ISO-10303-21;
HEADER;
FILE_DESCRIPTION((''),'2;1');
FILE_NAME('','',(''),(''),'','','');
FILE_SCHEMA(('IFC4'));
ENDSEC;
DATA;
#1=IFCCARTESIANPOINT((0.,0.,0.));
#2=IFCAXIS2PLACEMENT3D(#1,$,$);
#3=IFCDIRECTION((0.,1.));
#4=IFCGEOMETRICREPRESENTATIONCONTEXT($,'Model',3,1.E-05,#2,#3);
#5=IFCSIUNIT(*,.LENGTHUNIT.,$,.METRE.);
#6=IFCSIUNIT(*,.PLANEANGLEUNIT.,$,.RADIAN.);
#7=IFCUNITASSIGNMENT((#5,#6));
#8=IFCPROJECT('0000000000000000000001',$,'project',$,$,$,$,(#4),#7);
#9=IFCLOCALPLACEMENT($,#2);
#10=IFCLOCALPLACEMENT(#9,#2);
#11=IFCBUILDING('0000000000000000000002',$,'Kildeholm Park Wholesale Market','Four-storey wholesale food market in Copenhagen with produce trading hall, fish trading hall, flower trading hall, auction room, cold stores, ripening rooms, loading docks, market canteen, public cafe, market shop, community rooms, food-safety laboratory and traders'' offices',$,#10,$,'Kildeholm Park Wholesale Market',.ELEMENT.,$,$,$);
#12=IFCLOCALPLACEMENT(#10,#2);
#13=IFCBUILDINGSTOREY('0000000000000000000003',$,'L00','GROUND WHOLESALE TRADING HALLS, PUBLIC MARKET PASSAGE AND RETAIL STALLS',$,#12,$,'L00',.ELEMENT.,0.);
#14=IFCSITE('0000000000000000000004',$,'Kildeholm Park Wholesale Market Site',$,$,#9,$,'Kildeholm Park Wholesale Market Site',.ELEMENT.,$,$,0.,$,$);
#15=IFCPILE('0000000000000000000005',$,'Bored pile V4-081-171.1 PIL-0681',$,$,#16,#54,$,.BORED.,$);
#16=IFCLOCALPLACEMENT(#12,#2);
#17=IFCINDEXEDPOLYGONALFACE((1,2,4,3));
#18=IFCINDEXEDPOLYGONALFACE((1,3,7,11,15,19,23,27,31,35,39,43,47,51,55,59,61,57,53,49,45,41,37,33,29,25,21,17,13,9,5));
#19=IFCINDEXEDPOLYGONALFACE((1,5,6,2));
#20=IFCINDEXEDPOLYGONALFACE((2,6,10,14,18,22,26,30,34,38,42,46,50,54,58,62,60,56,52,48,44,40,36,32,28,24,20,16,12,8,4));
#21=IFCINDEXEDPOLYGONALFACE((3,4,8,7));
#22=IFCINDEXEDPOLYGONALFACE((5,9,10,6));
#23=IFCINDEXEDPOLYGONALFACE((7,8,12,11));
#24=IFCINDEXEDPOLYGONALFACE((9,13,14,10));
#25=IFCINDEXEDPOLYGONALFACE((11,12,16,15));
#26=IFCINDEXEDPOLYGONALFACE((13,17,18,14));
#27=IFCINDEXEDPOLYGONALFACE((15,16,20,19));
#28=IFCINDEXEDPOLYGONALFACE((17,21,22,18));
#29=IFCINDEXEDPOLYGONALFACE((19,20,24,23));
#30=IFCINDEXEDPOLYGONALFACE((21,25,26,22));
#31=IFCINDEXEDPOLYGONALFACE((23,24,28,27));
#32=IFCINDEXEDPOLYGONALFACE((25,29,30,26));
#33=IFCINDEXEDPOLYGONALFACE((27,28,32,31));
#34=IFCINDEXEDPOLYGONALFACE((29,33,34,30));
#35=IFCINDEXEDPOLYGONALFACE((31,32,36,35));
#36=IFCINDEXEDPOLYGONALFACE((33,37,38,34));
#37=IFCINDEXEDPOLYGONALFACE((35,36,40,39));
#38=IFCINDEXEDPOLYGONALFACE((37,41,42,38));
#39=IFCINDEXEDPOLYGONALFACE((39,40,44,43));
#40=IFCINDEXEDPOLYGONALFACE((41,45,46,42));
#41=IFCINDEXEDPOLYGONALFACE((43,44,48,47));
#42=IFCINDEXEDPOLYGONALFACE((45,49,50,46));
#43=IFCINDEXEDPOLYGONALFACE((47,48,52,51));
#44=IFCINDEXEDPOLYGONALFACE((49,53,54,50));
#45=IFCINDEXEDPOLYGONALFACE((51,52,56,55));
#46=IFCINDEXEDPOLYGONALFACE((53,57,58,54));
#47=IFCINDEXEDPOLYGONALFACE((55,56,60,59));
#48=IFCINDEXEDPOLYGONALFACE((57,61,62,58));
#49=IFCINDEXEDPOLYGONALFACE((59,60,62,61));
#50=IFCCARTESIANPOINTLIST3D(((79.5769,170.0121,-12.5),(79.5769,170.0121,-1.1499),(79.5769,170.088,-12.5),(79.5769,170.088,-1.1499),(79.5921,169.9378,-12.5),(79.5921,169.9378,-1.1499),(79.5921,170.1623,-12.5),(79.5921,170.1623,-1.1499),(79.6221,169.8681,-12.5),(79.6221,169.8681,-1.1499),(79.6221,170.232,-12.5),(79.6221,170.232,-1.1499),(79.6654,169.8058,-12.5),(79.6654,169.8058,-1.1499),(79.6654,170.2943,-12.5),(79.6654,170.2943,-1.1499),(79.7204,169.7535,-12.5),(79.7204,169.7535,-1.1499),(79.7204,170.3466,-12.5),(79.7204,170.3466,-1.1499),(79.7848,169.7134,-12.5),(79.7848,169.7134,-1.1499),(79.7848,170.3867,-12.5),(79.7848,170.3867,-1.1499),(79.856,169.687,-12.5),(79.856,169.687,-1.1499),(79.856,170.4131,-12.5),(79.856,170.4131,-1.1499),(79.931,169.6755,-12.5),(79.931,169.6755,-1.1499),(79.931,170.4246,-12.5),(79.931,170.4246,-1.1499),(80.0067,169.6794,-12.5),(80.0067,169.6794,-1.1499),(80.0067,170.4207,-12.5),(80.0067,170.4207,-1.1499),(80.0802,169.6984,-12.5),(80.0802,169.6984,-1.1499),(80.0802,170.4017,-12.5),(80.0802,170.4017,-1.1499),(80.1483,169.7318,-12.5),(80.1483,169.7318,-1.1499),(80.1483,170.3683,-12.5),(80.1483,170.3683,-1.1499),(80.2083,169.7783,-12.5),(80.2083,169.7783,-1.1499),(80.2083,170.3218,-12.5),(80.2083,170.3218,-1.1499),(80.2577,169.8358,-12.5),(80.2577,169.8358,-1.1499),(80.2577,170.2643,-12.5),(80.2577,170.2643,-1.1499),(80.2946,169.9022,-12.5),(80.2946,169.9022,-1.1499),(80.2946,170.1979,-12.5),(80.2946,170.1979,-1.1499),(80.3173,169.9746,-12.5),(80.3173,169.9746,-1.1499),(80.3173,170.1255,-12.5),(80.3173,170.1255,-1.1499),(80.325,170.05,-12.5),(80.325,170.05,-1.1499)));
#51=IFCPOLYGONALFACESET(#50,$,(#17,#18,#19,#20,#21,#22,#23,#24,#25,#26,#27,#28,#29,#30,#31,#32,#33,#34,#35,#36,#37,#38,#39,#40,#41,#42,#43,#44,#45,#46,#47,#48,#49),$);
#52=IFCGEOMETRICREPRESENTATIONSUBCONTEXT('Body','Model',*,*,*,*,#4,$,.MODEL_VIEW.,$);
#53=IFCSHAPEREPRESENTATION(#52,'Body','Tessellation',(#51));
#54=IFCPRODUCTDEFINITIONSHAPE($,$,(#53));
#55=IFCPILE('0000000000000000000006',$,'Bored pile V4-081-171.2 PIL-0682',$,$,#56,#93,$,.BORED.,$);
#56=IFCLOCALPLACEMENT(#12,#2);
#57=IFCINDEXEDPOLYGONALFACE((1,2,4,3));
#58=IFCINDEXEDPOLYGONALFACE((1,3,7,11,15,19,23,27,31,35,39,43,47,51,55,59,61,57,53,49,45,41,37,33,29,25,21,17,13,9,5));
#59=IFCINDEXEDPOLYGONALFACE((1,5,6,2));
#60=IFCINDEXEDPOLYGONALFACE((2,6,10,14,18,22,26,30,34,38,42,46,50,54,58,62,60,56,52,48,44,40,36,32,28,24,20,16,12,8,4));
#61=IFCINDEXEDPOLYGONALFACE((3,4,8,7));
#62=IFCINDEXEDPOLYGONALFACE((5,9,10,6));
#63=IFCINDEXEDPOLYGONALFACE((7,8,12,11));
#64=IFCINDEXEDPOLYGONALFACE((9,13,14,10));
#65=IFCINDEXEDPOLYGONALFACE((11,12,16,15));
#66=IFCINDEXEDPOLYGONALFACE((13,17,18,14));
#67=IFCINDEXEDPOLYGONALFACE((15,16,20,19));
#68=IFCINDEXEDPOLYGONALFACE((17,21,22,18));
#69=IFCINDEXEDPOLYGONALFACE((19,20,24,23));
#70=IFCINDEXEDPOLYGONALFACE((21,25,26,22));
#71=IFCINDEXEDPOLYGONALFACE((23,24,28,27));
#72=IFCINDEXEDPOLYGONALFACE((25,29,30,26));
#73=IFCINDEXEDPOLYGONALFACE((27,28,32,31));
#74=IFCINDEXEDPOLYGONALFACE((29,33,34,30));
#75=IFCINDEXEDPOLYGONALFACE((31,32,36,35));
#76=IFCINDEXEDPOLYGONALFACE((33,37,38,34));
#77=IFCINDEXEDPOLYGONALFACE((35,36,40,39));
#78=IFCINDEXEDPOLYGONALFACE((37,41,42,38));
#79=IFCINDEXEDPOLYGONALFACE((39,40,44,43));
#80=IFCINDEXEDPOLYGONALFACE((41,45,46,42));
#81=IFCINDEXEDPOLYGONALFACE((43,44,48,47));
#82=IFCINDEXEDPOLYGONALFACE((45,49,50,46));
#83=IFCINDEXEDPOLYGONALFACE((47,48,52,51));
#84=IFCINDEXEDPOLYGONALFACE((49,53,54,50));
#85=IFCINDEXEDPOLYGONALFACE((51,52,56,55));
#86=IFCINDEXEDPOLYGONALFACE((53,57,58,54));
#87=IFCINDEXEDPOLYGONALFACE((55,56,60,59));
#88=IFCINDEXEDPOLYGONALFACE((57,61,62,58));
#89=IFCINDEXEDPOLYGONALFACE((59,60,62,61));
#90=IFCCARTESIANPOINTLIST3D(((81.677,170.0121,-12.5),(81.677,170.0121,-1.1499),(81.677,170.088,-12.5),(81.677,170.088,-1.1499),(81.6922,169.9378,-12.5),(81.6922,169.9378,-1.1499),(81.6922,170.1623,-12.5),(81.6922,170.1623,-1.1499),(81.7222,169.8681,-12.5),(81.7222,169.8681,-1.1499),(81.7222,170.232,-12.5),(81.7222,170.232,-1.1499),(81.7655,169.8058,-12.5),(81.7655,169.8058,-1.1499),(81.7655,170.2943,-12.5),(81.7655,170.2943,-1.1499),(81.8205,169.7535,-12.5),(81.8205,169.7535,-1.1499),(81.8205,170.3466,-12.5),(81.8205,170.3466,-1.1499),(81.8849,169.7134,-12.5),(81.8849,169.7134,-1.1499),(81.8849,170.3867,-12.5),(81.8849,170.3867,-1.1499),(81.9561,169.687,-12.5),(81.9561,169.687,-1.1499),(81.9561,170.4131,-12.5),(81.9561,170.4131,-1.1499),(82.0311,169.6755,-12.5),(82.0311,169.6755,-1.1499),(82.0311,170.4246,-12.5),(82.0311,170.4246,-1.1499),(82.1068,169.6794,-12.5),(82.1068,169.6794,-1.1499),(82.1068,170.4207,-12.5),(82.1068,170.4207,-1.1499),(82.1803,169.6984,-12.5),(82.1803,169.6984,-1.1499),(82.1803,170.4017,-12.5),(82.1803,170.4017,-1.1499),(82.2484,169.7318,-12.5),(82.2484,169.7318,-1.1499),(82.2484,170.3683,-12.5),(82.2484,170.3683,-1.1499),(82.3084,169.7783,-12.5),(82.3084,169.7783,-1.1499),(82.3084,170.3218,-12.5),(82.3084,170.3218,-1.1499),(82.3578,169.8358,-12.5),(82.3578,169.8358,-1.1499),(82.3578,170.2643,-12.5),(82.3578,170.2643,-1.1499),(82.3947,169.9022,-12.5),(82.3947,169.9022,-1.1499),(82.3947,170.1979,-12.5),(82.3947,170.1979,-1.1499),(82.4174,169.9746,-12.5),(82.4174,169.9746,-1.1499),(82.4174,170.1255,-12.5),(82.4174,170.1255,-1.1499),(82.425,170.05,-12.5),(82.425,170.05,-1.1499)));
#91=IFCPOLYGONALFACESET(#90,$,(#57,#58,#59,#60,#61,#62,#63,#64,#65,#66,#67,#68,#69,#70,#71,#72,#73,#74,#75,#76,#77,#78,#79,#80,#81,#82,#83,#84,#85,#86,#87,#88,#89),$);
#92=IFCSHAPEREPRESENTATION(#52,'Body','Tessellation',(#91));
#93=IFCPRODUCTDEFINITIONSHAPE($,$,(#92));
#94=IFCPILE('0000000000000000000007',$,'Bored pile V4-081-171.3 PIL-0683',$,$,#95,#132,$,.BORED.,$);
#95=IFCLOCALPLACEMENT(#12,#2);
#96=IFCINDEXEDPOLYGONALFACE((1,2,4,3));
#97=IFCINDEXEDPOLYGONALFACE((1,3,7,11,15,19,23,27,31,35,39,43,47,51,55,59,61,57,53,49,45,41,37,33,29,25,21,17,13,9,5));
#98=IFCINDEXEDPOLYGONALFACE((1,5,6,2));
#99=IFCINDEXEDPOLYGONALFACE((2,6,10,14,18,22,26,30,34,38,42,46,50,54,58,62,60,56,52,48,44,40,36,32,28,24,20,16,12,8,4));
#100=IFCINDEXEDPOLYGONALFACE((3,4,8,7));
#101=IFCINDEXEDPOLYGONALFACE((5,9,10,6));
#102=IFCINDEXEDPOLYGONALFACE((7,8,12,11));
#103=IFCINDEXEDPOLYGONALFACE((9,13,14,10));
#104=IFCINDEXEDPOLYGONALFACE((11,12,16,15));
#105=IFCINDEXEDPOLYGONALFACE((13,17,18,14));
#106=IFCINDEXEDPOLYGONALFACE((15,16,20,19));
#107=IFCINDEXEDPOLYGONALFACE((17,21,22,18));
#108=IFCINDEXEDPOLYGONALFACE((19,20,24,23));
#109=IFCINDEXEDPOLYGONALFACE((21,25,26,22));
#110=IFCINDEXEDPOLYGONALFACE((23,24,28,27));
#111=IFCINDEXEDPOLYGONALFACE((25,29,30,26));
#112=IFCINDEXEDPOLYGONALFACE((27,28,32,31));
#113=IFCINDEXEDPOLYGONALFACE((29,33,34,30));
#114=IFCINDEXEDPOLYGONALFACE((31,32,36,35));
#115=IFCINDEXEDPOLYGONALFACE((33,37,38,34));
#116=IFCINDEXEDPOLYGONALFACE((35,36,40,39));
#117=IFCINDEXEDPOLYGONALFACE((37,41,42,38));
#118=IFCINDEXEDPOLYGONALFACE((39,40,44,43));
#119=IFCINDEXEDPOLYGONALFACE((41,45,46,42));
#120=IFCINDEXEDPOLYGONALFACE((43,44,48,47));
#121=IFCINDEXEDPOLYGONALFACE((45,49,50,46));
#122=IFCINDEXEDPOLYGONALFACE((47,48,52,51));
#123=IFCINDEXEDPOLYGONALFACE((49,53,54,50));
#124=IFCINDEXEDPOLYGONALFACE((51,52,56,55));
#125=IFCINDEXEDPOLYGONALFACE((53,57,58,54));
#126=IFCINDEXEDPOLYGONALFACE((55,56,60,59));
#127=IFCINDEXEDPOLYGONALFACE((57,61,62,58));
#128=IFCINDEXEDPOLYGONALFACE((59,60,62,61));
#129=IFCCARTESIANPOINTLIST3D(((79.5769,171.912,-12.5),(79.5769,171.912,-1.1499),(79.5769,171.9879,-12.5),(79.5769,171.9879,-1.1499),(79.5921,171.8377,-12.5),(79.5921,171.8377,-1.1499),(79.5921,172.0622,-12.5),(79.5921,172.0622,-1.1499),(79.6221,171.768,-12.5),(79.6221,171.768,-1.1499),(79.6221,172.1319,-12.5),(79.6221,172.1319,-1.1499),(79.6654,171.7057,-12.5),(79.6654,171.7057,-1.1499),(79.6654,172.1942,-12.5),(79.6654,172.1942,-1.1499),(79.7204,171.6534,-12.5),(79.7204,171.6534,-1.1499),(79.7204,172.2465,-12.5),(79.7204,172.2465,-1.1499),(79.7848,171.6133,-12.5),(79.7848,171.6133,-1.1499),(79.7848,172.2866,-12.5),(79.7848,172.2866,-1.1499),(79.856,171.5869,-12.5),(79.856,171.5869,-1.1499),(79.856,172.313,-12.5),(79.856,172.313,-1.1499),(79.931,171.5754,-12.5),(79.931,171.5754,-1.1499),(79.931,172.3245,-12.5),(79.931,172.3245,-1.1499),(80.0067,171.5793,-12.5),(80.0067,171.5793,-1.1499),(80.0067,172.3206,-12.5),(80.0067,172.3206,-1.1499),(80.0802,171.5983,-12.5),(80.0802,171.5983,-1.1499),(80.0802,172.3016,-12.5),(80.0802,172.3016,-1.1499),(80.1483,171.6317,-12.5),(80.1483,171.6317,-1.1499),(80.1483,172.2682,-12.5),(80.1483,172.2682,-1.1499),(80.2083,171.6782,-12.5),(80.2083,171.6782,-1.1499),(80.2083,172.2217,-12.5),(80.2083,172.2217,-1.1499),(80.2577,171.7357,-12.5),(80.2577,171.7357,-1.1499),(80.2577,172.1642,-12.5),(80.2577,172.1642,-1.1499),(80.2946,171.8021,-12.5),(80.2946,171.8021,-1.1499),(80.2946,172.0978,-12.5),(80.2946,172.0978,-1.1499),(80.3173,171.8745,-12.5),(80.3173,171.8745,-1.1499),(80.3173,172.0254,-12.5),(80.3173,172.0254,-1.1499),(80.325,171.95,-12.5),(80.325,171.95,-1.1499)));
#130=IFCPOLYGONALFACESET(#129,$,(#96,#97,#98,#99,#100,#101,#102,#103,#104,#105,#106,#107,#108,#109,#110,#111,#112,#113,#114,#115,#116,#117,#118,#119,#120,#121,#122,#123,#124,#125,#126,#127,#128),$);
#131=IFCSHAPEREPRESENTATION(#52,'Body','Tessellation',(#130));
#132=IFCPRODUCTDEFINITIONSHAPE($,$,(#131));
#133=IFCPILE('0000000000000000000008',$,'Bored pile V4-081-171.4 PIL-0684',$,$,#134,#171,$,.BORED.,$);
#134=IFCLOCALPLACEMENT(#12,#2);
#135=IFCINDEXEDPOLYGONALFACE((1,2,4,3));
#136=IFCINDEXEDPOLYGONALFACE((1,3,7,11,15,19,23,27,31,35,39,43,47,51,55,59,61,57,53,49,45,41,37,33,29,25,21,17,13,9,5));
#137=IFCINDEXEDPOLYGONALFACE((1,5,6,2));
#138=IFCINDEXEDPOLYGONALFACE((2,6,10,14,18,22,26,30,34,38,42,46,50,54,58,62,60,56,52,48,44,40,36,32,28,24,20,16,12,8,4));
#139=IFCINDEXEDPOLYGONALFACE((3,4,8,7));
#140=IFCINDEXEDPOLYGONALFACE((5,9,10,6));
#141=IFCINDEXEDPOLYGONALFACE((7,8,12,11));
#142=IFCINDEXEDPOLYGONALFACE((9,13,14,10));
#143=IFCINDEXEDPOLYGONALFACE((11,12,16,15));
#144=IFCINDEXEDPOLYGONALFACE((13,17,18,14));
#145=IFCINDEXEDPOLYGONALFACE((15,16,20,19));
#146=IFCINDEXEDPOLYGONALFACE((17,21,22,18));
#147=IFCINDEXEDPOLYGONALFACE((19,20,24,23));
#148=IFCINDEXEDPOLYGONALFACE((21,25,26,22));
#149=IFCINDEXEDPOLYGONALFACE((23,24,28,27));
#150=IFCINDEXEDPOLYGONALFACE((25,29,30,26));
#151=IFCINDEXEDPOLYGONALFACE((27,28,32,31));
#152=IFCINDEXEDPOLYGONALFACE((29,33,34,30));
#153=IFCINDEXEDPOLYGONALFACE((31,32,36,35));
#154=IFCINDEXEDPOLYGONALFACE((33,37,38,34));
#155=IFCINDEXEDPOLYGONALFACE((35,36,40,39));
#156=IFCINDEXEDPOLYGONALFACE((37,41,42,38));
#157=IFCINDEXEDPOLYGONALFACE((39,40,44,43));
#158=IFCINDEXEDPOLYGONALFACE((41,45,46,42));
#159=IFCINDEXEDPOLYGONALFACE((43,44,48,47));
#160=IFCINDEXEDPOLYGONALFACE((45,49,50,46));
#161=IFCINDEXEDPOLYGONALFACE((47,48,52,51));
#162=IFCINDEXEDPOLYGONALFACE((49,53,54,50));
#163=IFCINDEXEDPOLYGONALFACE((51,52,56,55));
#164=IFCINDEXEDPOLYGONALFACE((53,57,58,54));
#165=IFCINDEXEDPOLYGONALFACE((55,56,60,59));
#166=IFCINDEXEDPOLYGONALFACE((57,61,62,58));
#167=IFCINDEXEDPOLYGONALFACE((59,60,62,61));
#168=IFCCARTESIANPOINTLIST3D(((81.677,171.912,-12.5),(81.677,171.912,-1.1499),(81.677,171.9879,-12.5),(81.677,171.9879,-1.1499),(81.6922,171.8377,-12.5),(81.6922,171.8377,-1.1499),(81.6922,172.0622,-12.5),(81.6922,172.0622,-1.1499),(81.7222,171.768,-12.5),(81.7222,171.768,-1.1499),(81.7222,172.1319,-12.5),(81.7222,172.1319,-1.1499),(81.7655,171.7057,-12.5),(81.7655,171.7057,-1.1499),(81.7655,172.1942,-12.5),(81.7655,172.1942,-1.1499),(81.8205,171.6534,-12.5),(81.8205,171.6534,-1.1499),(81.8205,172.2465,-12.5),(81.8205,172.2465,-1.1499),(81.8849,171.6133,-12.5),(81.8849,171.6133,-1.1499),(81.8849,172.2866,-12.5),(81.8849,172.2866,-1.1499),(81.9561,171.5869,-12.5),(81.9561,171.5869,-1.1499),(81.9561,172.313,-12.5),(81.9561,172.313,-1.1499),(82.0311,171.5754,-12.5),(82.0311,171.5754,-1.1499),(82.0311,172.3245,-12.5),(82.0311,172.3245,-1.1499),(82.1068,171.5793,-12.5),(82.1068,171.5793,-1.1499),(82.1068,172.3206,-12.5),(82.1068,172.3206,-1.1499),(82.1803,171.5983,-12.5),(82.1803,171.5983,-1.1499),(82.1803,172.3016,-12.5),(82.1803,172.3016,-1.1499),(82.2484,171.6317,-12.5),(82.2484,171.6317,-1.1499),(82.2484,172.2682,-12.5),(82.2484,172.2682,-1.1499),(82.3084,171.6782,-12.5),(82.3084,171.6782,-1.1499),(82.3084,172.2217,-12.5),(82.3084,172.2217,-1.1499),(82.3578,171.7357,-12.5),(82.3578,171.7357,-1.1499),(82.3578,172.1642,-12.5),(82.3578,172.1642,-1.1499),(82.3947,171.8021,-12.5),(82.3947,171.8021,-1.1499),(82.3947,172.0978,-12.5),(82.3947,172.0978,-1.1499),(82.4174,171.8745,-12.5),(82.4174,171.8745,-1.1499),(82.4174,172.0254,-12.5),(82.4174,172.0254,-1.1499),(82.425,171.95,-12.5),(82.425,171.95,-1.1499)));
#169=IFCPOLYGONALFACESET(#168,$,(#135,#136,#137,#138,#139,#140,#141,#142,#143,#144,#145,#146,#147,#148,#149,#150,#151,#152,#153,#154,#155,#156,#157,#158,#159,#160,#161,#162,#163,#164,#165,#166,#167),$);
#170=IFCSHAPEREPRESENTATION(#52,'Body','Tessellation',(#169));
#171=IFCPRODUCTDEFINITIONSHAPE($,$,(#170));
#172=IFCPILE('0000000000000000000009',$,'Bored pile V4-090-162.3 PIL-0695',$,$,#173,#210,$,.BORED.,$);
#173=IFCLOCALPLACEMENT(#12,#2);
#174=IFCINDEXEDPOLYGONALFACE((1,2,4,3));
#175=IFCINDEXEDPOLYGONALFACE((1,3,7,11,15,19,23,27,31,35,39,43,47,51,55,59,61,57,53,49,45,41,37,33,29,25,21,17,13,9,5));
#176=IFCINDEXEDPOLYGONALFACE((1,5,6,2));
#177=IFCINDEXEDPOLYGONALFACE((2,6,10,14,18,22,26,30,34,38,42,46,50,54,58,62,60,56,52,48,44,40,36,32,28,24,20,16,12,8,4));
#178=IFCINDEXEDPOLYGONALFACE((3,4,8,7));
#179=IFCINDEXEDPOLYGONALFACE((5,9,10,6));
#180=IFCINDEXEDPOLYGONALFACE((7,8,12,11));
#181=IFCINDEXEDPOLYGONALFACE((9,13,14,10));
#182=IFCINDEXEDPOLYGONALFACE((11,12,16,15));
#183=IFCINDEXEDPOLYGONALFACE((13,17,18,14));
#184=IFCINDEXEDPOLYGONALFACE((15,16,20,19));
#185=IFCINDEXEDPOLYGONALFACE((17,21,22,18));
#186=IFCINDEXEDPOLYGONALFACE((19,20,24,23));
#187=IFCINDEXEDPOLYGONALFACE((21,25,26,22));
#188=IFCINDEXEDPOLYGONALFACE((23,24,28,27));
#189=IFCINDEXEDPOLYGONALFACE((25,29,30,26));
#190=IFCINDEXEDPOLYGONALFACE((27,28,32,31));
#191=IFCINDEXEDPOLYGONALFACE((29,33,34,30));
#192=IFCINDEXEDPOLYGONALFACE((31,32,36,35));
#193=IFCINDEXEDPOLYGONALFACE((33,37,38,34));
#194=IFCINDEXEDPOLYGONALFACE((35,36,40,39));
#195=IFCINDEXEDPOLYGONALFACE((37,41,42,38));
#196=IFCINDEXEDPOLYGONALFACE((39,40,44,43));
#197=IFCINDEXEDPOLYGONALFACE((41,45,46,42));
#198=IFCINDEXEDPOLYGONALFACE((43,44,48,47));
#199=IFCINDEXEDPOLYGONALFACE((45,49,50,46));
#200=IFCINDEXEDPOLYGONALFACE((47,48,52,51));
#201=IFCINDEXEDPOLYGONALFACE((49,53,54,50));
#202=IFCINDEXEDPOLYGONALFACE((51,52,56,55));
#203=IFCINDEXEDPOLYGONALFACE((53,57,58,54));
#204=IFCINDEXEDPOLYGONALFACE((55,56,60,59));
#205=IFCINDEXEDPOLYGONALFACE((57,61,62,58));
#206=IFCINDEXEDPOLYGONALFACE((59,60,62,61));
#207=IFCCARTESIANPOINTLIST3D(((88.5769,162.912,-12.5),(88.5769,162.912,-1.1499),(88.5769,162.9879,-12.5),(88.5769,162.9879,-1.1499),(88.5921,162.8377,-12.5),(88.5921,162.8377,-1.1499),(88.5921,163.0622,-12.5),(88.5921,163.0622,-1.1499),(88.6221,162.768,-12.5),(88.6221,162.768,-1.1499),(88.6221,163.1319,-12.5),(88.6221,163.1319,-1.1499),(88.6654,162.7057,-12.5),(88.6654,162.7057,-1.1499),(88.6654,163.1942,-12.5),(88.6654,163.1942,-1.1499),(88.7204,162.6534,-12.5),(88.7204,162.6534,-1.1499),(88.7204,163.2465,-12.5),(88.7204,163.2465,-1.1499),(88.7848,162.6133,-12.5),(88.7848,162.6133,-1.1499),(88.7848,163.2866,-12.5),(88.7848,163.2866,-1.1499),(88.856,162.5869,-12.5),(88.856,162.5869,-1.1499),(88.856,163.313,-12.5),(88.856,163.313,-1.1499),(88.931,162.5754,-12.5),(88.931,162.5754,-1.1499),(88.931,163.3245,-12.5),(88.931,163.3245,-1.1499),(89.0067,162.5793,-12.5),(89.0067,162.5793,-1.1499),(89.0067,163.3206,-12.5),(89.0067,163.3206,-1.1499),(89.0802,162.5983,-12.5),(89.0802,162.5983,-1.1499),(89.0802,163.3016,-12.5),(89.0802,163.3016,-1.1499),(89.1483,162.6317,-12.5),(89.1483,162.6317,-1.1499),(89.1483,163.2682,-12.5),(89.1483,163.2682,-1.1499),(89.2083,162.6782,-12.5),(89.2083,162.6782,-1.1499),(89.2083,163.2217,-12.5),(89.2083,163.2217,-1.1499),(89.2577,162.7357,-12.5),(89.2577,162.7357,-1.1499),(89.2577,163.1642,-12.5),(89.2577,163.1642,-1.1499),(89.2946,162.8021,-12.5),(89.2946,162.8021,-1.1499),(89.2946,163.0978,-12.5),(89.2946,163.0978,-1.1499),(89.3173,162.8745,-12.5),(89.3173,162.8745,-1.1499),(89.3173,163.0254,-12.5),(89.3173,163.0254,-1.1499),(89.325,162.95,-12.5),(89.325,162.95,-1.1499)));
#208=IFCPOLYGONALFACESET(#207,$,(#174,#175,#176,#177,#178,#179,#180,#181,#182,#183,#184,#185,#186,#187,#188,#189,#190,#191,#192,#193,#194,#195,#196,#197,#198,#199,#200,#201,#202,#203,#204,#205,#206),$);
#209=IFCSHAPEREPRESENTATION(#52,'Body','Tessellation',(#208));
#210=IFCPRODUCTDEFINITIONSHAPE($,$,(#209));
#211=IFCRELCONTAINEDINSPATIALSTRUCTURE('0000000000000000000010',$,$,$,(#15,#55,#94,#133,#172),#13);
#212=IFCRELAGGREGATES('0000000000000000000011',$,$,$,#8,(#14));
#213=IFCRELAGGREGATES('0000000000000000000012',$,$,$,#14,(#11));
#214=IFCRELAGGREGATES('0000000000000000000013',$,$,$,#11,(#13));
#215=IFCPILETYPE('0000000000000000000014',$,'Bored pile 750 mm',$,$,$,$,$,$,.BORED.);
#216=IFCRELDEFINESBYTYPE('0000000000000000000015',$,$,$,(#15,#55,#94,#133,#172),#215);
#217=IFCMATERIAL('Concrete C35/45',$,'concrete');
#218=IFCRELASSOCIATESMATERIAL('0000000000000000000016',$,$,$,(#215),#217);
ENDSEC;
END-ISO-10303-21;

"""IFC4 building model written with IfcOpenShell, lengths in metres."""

from ifc_helpers import new_model, si_unit, direction, frame, origin, origin_2d, place, context, subcontext, project, spatial, circle, extrude, material, material_profile, profile_set, type_object, element, save


model = new_model("IFC4")

# Units and contexts
model_context = context("Model", 3, precision=1e-05, world=origin(), true_north=direction((0.0, 1.0)))
body_context = subcontext(model_context, "Body", "Model", "MODEL_VIEW")
ifc_project = project(units=[si_unit("LENGTHUNIT", "METRE"), si_unit("PLANEANGLEUNIT", "RADIAN")], contexts=[model_context])

# Site, building, storey
site_placement = place(None, origin())
site = spatial("IfcSite", under=ifc_project, at=site_placement, Name="Kildeholm Park Wholesale Market Site", LongName="Kildeholm Park Wholesale Market Site", CompositionType="ELEMENT", RefElevation=0.0)
building_placement = place(site_placement, origin())
building = spatial("IfcBuilding", under=site, at=building_placement, Name="Kildeholm Park Wholesale Market", Description="Four-storey wholesale food market in Copenhagen with produce trading hall, fish trading hall, flower trading hall, auction room, cold stores, ripening rooms, loading docks, market canteen, public cafe, market shop, community rooms, food-safety laboratory and traders' offices", LongName="Kildeholm Park Wholesale Market", CompositionType="ELEMENT")
storey_placement = place(building_placement, origin())
storey = spatial("IfcBuildingStorey", under=building, at=storey_placement, Name="L00", Description="GROUND WHOLESALE TRADING HALLS, PUBLIC MARKET PASSAGE AND RETAIL STALLS", LongName="L00", CompositionType="ELEMENT", Elevation=0.0)

# Piles
ifc_material_1 = material(Name="Concrete C35/45", Category="concrete")
ifc_material_profile_1 = material_profile(ifc_material_1, circle(Radius=0.375, at=origin_2d()), Name="PILE D750")
ifc_profile_set_1 = profile_set([ifc_material_profile_1], Name="Concrete C35/45")
pile_type = type_object("IfcPileType", Name="Bored pile 750 mm", PredefinedType="BORED", material=ifc_profile_set_1)
for number, where, z_axis, x_axis, name in (
    (1, (79.95, 170.05, -1.1499), (0.0, 0.0, -1.0), (1.0, 0.0, 0.0), "Bored pile V4-081-171.1 PIL-0681"),
    (2, (82.05, 170.05, -1.1499), (0.0, 0.0, -1.0), (1.0, 0.0, 0.0), "Bored pile V4-081-171.2 PIL-0682"),
    (3, (79.95, 171.95, -1.1499), (0.0, 0.0, -1.0), (1.0, 0.0, 0.0), "Bored pile V4-081-171.3 PIL-0683"),
    (4, (82.05, 171.95, -1.1499), (0.0, 0.0, -1.0), (1.0, 0.0, 0.0), "Bored pile V4-081-171.4 PIL-0684"),
    (5, (88.95, 162.95, -1.1499), (0.0, 0.0, -1.0), (1.0, 0.0, 0.0), "Bored pile V4-090-162.3 PIL-0695"),
):
    element("IfcPile", number, at=place(storey_placement, frame(where, z_axis=z_axis, x_axis=x_axis)), inside=storey, type_object=pile_type, Name=name, PredefinedType="BORED", context=body_context, shape_type="SweptSolid", body=[
        extrude(circle(Radius=0.375, at=origin_2d()), origin(), (0.0, 0.0, 1.0), 11.3501),
    ])

save(model, "model.ifc")
